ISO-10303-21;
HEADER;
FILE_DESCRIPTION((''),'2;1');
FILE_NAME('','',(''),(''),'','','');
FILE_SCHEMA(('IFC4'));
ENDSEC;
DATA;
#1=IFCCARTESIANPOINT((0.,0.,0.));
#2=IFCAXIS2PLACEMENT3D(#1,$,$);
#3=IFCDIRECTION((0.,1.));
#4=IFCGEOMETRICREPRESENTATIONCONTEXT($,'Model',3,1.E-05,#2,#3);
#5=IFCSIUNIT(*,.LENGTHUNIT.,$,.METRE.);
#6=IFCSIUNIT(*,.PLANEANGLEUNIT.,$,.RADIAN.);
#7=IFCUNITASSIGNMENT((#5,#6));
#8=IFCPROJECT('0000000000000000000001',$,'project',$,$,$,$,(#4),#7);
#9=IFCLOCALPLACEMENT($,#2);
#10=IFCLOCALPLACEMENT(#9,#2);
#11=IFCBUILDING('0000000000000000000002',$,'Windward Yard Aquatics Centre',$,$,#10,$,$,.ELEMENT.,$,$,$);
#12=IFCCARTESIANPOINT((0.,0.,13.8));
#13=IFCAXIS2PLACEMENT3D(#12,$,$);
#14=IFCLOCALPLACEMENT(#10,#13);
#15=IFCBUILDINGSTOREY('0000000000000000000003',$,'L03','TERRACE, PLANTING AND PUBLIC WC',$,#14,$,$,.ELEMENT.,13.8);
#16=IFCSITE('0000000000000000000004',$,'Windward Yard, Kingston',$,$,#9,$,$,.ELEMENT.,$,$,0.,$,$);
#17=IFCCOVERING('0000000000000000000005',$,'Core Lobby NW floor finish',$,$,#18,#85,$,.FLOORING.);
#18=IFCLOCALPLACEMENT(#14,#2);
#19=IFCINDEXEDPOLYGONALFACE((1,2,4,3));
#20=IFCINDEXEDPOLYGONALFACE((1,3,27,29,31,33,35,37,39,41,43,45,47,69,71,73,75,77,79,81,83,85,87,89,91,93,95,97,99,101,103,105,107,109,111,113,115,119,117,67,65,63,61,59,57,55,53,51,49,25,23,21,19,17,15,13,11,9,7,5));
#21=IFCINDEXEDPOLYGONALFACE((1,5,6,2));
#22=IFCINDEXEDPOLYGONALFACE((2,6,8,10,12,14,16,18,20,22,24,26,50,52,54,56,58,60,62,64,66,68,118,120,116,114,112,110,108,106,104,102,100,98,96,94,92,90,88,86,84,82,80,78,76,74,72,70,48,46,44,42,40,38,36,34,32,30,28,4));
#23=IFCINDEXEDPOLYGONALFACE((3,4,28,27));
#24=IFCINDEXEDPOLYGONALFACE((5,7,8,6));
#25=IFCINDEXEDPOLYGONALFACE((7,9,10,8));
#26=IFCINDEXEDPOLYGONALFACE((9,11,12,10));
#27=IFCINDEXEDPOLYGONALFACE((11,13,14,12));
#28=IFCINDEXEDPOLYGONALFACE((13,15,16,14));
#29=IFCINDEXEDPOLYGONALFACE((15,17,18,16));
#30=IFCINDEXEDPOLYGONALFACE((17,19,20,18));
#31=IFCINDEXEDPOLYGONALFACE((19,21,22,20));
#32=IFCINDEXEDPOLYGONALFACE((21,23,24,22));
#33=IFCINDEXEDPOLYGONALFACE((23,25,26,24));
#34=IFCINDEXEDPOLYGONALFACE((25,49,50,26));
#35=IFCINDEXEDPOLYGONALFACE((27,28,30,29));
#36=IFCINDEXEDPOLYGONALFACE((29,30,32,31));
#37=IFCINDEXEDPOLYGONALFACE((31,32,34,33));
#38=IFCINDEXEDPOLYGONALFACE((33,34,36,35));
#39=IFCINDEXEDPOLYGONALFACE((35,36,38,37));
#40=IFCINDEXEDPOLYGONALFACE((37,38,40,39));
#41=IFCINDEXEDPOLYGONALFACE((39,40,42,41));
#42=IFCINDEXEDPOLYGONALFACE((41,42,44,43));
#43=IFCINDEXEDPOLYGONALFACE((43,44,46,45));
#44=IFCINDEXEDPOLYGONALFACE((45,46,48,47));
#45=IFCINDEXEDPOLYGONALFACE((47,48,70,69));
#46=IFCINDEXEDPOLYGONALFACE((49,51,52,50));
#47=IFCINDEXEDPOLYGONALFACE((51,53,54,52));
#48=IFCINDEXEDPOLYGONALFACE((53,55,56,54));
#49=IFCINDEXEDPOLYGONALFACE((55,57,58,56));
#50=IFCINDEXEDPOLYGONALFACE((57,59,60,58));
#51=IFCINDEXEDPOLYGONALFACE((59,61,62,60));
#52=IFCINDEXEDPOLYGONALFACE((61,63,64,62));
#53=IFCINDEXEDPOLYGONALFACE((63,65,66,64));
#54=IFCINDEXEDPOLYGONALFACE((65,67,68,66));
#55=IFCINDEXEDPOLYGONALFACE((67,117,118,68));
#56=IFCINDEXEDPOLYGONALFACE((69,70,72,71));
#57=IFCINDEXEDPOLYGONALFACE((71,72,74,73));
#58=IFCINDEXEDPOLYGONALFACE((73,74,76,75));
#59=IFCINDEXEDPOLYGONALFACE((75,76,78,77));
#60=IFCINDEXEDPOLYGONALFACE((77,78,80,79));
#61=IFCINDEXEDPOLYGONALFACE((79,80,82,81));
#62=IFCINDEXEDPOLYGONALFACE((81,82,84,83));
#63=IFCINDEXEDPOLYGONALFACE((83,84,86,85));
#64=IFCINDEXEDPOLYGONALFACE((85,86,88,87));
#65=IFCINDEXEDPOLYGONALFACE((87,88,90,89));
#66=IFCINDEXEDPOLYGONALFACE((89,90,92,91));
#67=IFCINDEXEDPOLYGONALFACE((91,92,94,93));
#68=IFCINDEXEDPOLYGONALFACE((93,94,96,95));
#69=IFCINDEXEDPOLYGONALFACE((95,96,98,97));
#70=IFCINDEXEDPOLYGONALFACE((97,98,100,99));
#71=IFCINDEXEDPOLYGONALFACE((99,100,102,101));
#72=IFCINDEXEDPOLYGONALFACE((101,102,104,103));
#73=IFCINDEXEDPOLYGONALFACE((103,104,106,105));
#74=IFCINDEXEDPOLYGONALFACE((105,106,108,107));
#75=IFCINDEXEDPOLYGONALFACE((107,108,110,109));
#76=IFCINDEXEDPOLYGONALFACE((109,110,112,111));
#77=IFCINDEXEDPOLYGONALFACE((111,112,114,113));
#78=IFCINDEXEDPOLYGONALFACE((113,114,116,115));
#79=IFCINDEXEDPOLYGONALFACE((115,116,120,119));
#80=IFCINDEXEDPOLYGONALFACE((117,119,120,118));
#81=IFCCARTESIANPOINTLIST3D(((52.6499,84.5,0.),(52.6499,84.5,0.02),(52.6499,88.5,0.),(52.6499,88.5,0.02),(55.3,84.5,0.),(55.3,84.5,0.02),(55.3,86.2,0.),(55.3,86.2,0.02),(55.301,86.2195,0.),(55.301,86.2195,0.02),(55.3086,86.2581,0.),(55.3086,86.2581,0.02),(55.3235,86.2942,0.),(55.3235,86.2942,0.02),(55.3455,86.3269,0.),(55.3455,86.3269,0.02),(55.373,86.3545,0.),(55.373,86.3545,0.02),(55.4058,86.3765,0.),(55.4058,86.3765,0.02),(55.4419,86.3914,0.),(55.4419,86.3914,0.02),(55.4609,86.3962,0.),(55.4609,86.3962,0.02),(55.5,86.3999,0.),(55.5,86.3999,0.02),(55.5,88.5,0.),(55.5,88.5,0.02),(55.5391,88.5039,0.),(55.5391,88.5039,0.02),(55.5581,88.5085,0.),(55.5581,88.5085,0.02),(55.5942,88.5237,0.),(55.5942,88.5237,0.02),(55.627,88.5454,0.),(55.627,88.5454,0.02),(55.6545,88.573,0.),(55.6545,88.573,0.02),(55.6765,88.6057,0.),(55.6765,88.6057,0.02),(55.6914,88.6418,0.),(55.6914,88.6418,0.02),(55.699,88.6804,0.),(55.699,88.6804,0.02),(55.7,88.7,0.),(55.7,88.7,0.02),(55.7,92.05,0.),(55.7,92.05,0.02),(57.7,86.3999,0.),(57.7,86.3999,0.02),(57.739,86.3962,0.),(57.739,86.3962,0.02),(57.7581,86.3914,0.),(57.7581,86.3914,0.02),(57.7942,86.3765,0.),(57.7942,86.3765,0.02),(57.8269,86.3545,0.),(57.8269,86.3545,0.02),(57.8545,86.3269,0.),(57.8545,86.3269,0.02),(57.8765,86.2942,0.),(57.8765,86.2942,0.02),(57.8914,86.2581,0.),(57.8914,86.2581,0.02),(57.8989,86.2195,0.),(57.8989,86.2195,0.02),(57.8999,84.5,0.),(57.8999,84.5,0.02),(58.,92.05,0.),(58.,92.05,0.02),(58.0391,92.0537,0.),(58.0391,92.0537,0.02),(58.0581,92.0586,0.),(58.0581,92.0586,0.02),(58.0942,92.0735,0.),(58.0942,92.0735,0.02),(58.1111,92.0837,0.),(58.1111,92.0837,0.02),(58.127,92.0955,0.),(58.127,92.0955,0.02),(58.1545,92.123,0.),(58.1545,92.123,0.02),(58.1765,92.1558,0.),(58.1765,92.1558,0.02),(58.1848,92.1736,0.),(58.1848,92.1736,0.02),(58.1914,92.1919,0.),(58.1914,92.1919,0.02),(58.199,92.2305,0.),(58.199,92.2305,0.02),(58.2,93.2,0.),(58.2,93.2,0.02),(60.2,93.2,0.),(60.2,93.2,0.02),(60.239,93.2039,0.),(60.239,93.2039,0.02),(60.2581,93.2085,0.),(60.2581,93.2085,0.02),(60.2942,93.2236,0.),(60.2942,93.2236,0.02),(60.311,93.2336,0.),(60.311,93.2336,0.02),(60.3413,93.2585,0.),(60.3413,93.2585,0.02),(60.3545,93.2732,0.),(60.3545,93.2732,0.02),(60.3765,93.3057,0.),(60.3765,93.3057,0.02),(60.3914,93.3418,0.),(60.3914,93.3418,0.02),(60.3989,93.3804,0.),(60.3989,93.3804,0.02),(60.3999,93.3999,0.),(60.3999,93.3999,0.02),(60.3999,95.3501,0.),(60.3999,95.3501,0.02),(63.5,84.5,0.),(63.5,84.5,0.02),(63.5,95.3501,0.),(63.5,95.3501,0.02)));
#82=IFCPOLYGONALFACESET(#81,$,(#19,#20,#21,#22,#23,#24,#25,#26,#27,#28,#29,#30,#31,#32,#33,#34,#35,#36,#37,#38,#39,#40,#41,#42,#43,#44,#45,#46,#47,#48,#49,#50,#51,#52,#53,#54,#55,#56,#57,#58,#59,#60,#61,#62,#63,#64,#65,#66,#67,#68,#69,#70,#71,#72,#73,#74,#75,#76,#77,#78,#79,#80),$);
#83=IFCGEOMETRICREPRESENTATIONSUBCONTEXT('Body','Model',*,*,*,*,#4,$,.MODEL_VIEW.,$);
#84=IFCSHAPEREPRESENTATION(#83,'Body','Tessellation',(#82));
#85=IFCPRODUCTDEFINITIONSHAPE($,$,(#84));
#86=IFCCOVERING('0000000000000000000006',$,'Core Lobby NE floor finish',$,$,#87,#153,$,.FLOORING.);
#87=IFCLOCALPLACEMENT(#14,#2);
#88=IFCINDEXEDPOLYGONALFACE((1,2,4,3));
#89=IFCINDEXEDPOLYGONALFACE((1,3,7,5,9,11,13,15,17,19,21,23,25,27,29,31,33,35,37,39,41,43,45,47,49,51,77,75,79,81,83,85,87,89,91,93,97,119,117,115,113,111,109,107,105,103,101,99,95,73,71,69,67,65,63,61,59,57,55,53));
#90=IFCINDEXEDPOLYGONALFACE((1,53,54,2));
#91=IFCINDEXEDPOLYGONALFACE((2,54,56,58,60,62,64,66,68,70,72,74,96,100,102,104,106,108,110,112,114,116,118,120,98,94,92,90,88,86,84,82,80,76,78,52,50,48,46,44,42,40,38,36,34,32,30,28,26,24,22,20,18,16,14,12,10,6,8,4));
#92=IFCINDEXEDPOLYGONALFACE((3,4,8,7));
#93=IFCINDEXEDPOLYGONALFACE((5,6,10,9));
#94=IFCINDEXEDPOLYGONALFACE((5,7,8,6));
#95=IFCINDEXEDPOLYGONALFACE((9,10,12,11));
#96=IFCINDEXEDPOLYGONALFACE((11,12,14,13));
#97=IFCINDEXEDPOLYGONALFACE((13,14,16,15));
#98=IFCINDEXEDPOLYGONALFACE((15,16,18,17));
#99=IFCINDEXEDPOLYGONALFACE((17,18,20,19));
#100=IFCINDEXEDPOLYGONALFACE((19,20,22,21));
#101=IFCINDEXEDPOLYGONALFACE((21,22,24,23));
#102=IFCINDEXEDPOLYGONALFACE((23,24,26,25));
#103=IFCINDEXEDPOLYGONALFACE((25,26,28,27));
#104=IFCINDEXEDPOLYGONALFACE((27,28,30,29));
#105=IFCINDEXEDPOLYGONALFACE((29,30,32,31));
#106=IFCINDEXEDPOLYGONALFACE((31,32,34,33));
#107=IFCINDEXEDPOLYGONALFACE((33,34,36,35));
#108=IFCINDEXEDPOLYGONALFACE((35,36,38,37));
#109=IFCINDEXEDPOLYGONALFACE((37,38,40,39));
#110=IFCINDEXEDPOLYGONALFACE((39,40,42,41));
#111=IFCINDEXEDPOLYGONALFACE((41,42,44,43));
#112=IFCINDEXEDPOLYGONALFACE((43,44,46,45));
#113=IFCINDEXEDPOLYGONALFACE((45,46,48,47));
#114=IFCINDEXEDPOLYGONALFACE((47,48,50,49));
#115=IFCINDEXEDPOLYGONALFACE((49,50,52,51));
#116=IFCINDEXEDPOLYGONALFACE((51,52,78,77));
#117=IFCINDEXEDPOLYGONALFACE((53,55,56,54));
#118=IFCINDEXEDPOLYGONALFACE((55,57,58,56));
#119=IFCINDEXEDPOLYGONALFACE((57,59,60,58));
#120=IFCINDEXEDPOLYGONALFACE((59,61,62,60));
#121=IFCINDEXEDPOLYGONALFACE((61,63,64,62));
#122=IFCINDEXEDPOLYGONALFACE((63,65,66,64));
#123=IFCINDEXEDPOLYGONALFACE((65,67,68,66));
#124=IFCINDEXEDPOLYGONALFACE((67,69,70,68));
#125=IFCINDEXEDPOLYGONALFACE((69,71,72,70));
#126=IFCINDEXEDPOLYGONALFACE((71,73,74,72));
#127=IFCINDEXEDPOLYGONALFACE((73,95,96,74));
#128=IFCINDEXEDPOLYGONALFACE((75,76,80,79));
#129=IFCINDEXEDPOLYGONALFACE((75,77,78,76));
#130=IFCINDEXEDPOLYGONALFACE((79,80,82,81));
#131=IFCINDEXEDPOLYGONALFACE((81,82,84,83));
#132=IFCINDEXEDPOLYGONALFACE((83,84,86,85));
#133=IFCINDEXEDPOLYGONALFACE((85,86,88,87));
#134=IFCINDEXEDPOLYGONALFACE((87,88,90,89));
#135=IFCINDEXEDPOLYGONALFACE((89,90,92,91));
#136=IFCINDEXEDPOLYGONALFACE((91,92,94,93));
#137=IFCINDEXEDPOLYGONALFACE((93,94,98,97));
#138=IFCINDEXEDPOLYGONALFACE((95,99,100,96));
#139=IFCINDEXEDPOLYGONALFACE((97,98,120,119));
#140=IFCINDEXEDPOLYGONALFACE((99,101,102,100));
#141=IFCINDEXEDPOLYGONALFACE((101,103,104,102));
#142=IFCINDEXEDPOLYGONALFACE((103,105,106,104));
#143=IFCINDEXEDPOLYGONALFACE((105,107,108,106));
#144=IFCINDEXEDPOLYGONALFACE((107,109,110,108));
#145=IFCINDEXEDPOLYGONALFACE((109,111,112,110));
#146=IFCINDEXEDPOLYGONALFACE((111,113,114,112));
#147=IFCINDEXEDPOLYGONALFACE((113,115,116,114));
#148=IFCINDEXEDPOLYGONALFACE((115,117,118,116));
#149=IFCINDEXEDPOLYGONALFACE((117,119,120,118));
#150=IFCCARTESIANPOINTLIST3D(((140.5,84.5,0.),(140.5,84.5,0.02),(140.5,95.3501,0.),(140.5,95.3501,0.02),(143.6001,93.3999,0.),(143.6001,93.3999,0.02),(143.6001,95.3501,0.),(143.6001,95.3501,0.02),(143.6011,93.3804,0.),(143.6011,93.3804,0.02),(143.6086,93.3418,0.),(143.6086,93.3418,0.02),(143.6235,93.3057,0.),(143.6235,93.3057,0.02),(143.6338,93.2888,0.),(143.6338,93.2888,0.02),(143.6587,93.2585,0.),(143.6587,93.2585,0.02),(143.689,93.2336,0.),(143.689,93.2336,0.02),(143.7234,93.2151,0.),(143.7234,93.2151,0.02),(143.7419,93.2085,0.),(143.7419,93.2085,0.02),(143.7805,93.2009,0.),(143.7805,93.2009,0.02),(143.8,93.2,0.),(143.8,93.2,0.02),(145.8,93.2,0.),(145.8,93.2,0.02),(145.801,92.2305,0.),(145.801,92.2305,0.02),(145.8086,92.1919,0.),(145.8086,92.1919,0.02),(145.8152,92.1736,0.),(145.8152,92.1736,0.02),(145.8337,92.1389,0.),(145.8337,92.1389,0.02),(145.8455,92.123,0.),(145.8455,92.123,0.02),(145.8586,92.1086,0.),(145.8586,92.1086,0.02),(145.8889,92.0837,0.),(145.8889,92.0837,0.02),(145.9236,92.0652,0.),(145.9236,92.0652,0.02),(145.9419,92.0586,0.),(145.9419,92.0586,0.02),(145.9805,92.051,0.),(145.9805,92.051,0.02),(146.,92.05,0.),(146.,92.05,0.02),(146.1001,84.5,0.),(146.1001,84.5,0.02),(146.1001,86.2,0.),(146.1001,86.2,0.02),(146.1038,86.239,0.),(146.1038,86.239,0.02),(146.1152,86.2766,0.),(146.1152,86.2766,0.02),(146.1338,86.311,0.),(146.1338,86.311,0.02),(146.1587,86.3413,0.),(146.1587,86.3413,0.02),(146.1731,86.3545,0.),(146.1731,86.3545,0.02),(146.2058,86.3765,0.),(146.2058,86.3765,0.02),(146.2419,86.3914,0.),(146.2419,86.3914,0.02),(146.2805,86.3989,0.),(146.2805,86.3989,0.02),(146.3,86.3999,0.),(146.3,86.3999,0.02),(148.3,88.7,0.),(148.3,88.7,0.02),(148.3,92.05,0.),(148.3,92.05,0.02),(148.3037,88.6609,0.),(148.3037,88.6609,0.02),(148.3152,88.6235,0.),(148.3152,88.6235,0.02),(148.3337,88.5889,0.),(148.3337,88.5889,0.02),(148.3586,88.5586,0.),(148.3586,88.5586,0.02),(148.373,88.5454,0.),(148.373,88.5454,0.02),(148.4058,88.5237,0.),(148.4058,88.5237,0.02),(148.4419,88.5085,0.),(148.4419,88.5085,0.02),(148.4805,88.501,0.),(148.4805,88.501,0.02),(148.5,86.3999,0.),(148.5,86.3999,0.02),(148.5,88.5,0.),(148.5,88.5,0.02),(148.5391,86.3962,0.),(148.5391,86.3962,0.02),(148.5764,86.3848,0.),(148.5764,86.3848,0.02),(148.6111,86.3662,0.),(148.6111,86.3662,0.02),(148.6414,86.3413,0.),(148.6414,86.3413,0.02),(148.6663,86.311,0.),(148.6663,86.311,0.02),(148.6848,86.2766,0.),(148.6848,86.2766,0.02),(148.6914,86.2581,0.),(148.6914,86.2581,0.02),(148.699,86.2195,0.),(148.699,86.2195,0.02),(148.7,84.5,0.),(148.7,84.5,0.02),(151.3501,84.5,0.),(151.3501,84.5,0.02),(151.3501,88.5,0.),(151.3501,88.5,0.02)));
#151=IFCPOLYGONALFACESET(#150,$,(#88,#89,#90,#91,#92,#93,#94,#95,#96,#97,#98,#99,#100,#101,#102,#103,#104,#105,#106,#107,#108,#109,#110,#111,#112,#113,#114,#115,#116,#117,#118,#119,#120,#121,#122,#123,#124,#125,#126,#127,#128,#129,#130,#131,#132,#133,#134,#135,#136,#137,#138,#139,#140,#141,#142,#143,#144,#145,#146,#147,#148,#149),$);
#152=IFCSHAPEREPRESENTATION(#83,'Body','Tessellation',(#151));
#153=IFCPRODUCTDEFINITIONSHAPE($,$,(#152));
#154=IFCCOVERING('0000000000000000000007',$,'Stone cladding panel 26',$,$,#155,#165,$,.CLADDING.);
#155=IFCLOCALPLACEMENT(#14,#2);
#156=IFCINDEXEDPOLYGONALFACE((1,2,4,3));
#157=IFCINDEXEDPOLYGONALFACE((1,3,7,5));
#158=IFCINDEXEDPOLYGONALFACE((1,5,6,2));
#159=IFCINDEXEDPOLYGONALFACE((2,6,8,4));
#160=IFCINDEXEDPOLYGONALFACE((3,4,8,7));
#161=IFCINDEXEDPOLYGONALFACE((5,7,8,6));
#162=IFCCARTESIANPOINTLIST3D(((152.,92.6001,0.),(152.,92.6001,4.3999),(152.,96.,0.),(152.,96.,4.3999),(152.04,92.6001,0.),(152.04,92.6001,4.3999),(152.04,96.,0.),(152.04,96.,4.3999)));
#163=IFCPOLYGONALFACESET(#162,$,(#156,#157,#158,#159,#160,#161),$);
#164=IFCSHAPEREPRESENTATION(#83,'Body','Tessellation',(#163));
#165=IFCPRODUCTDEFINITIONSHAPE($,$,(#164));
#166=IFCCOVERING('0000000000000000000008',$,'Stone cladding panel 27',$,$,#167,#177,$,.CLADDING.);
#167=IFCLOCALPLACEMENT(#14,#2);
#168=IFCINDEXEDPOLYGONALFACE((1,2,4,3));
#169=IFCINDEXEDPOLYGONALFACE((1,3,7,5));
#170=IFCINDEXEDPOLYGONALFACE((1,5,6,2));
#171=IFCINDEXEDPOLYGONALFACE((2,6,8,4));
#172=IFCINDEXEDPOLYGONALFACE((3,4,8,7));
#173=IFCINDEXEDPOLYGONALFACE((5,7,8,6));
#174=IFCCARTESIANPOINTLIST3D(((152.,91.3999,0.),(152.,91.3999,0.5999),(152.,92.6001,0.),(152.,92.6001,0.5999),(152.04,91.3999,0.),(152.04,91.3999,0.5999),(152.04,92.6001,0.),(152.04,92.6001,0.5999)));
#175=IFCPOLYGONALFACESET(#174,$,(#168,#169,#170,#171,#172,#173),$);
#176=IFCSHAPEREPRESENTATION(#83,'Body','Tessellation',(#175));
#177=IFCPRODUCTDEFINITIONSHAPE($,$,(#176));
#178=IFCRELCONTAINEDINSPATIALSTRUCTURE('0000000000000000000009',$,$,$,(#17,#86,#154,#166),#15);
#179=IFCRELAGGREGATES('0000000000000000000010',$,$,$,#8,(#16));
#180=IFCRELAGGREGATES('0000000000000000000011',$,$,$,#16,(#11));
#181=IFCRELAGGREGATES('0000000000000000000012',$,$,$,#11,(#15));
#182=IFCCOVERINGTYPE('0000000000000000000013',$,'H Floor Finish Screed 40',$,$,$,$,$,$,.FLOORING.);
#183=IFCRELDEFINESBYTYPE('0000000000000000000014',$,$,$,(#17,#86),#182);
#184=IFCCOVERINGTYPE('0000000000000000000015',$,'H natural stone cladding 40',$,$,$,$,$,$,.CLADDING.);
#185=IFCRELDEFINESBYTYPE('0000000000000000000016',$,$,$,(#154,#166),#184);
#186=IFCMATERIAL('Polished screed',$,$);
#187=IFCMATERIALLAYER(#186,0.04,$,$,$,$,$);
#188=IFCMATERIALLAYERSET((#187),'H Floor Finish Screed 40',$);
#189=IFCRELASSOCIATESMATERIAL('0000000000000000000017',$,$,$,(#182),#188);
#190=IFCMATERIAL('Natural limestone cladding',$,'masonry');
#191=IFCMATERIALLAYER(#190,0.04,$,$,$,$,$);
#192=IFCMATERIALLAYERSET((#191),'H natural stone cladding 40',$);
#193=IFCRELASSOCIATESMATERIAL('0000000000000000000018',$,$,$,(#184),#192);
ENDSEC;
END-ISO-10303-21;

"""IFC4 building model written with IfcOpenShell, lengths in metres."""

from ifc_helpers import new_model, si_unit, direction, frame, origin, place, context, subcontext, project, spatial, polyline, outline, extrude, material, layer, layer_set, type_object, element, save


model = new_model("IFC4")

# Units and contexts
model_context = context("Model", 3, precision=1e-05, world=origin(), true_north=direction((0.0, 1.0)))
body_context = subcontext(model_context, "Body", "Model", "MODEL_VIEW")
ifc_project = project(units=[si_unit("LENGTHUNIT", "METRE"), si_unit("PLANEANGLEUNIT", "RADIAN")], contexts=[model_context])

# Site, building, storey
site_placement = place(None, origin())
site = spatial("IfcSite", under=ifc_project, at=site_placement, Name="Windward Yard, Kingston", CompositionType="ELEMENT", RefElevation=0.0)
building_placement = place(site_placement, origin())
building = spatial("IfcBuilding", under=site, at=building_placement, Name="Windward Yard Aquatics Centre", CompositionType="ELEMENT")
storey_placement = place(building_placement, frame((0.0, 0.0, 13.8)))
storey = spatial("IfcBuildingStorey", under=building, at=storey_placement, Name="L03", Description="TERRACE, PLANTING AND PUBLIC WC", CompositionType="ELEMENT", Elevation=13.8)

# Coverings
ifc_material_1 = material(Name="Polished screed")
ifc_layer_1 = layer(ifc_material_1, 0.04)
ifc_layer_set_1 = layer_set([ifc_layer_1], Name="H Floor Finish Screed 40")
covering_type_1 = type_object("IfcCoveringType", Name="H Floor Finish Screed 40", PredefinedType="FLOORING", material=ifc_layer_set_1)
covering_1_placement = place(storey_placement, origin())
element("IfcCovering", 1, at=covering_1_placement, inside=storey, type_object=covering_type_1, Name="Core Lobby NW floor finish", PredefinedType="FLOORING", context=body_context, shape_type="SweptSolid", body=[
    extrude(outline(polyline([(52.6499, 84.5), (52.6499, 88.5), (55.5, 88.5), (55.5391, 88.5039), (55.5581, 88.5085), (55.5942, 88.5237), (55.627, 88.5454), (55.6545, 88.573), (55.6765, 88.6057), (55.6914, 88.6418), (55.699, 88.6804), (55.7, 88.7), (55.7, 92.05), (58.0, 92.05), (58.0391, 92.0537), (58.0581, 92.0586), (58.0942, 92.0735), (58.1111, 92.0837), (58.127, 92.0955), (58.1545, 92.123), (58.1765, 92.1558), (58.1848, 92.1736), (58.1914, 92.1919), (58.199, 92.2305), (58.2, 93.2), (60.2, 93.2), (60.239, 93.2039), (60.2581, 93.2085), (60.2942, 93.2236), (60.311, 93.2336), (60.3413, 93.2585), (60.3545, 93.2732), (60.3765, 93.3057), (60.3914, 93.3418), (60.3989, 93.3804), (60.3999, 93.3999), (60.3999, 95.3501), (63.5, 95.3501), (63.5, 84.5), (57.8999, 84.5), (57.8989, 86.2195), (57.8914, 86.2581), (57.8765, 86.2942), (57.8545, 86.3269), (57.8269, 86.3545), (57.7942, 86.3765), (57.7581, 86.3914), (57.739, 86.3962), (57.7, 86.3999), (55.5, 86.3999), (55.4609, 86.3962), (55.4419, 86.3914), (55.4058, 86.3765), (55.373, 86.3545), (55.3455, 86.3269), (55.3235, 86.2942), (55.3086, 86.2581), (55.301, 86.2195), (55.3, 86.2), (55.3, 84.5), (52.6499, 84.5)])), origin(), (0.0, 0.0, 1.0), 0.02),
])
covering_2_placement = place(storey_placement, origin())
element("IfcCovering", 2, at=covering_2_placement, inside=storey, type_object=covering_type_1, Name="Core Lobby NE floor finish", PredefinedType="FLOORING", context=body_context, shape_type="SweptSolid", body=[
    extrude(outline(polyline([(140.5, 84.5), (140.5, 95.3501), (143.6001, 95.3501), (143.6001, 93.3999), (143.6011, 93.3804), (143.6086, 93.3418), (143.6235, 93.3057), (143.6338, 93.2888), (143.6587, 93.2585), (143.689, 93.2336), (143.7234, 93.2151), (143.7419, 93.2085), (143.7805, 93.2009), (143.8, 93.2), (145.8, 93.2), (145.801, 92.2305), (145.8086, 92.1919), (145.8152, 92.1736), (145.8337, 92.1389), (145.8455, 92.123), (145.8586, 92.1086), (145.8889, 92.0837), (145.9236, 92.0652), (145.9419, 92.0586), (145.9805, 92.051), (146.0, 92.05), (148.3, 92.05), (148.3, 88.7), (148.3037, 88.6609), (148.3152, 88.6235), (148.3337, 88.5889), (148.3586, 88.5586), (148.373, 88.5454), (148.4058, 88.5237), (148.4419, 88.5085), (148.4805, 88.501), (148.5, 88.5), (151.3501, 88.5), (151.3501, 84.5), (148.7, 84.5), (148.699, 86.2195), (148.6914, 86.2581), (148.6848, 86.2766), (148.6663, 86.311), (148.6414, 86.3413), (148.6111, 86.3662), (148.5764, 86.3848), (148.5391, 86.3962), (148.5, 86.3999), (146.3, 86.3999), (146.2805, 86.3989), (146.2419, 86.3914), (146.2058, 86.3765), (146.1731, 86.3545), (146.1587, 86.3413), (146.1338, 86.311), (146.1152, 86.2766), (146.1038, 86.239), (146.1001, 86.2), (146.1001, 84.5), (140.5, 84.5)])), origin(), (0.0, 0.0, 1.0), 0.02),
])
ifc_material_2 = material(Name="Natural limestone cladding", Category="masonry")
ifc_layer_2 = layer(ifc_material_2, 0.04)
ifc_layer_set_2 = layer_set([ifc_layer_2], Name="H natural stone cladding 40")
covering_type_2 = type_object("IfcCoveringType", Name="H natural stone cladding 40", PredefinedType="CLADDING", material=ifc_layer_set_2)
covering_3_placement = place(storey_placement, origin())
element("IfcCovering", 3, at=covering_3_placement, inside=storey, type_object=covering_type_2, Name="Stone cladding panel 26", PredefinedType="CLADDING", context=body_context, shape_type="SweptSolid", body=[
    extrude(outline(polyline([(152.0, 92.6001), (152.04, 92.6001), (152.04, 96.0), (152.0, 96.0), (152.0, 92.6001)])), origin(), (0.0, 0.0, 1.0), 4.3999),
])
covering_4_placement = place(storey_placement, origin())
element("IfcCovering", 4, at=covering_4_placement, inside=storey, type_object=covering_type_2, Name="Stone cladding panel 27", PredefinedType="CLADDING", context=body_context, shape_type="SweptSolid", body=[
    extrude(outline(polyline([(152.0, 91.3999), (152.04, 91.3999), (152.04, 92.6001), (152.0, 92.6001), (152.0, 91.3999)])), origin(), (0.0, 0.0, 1.0), 0.5999),
])

save(model, "model.ifc")
